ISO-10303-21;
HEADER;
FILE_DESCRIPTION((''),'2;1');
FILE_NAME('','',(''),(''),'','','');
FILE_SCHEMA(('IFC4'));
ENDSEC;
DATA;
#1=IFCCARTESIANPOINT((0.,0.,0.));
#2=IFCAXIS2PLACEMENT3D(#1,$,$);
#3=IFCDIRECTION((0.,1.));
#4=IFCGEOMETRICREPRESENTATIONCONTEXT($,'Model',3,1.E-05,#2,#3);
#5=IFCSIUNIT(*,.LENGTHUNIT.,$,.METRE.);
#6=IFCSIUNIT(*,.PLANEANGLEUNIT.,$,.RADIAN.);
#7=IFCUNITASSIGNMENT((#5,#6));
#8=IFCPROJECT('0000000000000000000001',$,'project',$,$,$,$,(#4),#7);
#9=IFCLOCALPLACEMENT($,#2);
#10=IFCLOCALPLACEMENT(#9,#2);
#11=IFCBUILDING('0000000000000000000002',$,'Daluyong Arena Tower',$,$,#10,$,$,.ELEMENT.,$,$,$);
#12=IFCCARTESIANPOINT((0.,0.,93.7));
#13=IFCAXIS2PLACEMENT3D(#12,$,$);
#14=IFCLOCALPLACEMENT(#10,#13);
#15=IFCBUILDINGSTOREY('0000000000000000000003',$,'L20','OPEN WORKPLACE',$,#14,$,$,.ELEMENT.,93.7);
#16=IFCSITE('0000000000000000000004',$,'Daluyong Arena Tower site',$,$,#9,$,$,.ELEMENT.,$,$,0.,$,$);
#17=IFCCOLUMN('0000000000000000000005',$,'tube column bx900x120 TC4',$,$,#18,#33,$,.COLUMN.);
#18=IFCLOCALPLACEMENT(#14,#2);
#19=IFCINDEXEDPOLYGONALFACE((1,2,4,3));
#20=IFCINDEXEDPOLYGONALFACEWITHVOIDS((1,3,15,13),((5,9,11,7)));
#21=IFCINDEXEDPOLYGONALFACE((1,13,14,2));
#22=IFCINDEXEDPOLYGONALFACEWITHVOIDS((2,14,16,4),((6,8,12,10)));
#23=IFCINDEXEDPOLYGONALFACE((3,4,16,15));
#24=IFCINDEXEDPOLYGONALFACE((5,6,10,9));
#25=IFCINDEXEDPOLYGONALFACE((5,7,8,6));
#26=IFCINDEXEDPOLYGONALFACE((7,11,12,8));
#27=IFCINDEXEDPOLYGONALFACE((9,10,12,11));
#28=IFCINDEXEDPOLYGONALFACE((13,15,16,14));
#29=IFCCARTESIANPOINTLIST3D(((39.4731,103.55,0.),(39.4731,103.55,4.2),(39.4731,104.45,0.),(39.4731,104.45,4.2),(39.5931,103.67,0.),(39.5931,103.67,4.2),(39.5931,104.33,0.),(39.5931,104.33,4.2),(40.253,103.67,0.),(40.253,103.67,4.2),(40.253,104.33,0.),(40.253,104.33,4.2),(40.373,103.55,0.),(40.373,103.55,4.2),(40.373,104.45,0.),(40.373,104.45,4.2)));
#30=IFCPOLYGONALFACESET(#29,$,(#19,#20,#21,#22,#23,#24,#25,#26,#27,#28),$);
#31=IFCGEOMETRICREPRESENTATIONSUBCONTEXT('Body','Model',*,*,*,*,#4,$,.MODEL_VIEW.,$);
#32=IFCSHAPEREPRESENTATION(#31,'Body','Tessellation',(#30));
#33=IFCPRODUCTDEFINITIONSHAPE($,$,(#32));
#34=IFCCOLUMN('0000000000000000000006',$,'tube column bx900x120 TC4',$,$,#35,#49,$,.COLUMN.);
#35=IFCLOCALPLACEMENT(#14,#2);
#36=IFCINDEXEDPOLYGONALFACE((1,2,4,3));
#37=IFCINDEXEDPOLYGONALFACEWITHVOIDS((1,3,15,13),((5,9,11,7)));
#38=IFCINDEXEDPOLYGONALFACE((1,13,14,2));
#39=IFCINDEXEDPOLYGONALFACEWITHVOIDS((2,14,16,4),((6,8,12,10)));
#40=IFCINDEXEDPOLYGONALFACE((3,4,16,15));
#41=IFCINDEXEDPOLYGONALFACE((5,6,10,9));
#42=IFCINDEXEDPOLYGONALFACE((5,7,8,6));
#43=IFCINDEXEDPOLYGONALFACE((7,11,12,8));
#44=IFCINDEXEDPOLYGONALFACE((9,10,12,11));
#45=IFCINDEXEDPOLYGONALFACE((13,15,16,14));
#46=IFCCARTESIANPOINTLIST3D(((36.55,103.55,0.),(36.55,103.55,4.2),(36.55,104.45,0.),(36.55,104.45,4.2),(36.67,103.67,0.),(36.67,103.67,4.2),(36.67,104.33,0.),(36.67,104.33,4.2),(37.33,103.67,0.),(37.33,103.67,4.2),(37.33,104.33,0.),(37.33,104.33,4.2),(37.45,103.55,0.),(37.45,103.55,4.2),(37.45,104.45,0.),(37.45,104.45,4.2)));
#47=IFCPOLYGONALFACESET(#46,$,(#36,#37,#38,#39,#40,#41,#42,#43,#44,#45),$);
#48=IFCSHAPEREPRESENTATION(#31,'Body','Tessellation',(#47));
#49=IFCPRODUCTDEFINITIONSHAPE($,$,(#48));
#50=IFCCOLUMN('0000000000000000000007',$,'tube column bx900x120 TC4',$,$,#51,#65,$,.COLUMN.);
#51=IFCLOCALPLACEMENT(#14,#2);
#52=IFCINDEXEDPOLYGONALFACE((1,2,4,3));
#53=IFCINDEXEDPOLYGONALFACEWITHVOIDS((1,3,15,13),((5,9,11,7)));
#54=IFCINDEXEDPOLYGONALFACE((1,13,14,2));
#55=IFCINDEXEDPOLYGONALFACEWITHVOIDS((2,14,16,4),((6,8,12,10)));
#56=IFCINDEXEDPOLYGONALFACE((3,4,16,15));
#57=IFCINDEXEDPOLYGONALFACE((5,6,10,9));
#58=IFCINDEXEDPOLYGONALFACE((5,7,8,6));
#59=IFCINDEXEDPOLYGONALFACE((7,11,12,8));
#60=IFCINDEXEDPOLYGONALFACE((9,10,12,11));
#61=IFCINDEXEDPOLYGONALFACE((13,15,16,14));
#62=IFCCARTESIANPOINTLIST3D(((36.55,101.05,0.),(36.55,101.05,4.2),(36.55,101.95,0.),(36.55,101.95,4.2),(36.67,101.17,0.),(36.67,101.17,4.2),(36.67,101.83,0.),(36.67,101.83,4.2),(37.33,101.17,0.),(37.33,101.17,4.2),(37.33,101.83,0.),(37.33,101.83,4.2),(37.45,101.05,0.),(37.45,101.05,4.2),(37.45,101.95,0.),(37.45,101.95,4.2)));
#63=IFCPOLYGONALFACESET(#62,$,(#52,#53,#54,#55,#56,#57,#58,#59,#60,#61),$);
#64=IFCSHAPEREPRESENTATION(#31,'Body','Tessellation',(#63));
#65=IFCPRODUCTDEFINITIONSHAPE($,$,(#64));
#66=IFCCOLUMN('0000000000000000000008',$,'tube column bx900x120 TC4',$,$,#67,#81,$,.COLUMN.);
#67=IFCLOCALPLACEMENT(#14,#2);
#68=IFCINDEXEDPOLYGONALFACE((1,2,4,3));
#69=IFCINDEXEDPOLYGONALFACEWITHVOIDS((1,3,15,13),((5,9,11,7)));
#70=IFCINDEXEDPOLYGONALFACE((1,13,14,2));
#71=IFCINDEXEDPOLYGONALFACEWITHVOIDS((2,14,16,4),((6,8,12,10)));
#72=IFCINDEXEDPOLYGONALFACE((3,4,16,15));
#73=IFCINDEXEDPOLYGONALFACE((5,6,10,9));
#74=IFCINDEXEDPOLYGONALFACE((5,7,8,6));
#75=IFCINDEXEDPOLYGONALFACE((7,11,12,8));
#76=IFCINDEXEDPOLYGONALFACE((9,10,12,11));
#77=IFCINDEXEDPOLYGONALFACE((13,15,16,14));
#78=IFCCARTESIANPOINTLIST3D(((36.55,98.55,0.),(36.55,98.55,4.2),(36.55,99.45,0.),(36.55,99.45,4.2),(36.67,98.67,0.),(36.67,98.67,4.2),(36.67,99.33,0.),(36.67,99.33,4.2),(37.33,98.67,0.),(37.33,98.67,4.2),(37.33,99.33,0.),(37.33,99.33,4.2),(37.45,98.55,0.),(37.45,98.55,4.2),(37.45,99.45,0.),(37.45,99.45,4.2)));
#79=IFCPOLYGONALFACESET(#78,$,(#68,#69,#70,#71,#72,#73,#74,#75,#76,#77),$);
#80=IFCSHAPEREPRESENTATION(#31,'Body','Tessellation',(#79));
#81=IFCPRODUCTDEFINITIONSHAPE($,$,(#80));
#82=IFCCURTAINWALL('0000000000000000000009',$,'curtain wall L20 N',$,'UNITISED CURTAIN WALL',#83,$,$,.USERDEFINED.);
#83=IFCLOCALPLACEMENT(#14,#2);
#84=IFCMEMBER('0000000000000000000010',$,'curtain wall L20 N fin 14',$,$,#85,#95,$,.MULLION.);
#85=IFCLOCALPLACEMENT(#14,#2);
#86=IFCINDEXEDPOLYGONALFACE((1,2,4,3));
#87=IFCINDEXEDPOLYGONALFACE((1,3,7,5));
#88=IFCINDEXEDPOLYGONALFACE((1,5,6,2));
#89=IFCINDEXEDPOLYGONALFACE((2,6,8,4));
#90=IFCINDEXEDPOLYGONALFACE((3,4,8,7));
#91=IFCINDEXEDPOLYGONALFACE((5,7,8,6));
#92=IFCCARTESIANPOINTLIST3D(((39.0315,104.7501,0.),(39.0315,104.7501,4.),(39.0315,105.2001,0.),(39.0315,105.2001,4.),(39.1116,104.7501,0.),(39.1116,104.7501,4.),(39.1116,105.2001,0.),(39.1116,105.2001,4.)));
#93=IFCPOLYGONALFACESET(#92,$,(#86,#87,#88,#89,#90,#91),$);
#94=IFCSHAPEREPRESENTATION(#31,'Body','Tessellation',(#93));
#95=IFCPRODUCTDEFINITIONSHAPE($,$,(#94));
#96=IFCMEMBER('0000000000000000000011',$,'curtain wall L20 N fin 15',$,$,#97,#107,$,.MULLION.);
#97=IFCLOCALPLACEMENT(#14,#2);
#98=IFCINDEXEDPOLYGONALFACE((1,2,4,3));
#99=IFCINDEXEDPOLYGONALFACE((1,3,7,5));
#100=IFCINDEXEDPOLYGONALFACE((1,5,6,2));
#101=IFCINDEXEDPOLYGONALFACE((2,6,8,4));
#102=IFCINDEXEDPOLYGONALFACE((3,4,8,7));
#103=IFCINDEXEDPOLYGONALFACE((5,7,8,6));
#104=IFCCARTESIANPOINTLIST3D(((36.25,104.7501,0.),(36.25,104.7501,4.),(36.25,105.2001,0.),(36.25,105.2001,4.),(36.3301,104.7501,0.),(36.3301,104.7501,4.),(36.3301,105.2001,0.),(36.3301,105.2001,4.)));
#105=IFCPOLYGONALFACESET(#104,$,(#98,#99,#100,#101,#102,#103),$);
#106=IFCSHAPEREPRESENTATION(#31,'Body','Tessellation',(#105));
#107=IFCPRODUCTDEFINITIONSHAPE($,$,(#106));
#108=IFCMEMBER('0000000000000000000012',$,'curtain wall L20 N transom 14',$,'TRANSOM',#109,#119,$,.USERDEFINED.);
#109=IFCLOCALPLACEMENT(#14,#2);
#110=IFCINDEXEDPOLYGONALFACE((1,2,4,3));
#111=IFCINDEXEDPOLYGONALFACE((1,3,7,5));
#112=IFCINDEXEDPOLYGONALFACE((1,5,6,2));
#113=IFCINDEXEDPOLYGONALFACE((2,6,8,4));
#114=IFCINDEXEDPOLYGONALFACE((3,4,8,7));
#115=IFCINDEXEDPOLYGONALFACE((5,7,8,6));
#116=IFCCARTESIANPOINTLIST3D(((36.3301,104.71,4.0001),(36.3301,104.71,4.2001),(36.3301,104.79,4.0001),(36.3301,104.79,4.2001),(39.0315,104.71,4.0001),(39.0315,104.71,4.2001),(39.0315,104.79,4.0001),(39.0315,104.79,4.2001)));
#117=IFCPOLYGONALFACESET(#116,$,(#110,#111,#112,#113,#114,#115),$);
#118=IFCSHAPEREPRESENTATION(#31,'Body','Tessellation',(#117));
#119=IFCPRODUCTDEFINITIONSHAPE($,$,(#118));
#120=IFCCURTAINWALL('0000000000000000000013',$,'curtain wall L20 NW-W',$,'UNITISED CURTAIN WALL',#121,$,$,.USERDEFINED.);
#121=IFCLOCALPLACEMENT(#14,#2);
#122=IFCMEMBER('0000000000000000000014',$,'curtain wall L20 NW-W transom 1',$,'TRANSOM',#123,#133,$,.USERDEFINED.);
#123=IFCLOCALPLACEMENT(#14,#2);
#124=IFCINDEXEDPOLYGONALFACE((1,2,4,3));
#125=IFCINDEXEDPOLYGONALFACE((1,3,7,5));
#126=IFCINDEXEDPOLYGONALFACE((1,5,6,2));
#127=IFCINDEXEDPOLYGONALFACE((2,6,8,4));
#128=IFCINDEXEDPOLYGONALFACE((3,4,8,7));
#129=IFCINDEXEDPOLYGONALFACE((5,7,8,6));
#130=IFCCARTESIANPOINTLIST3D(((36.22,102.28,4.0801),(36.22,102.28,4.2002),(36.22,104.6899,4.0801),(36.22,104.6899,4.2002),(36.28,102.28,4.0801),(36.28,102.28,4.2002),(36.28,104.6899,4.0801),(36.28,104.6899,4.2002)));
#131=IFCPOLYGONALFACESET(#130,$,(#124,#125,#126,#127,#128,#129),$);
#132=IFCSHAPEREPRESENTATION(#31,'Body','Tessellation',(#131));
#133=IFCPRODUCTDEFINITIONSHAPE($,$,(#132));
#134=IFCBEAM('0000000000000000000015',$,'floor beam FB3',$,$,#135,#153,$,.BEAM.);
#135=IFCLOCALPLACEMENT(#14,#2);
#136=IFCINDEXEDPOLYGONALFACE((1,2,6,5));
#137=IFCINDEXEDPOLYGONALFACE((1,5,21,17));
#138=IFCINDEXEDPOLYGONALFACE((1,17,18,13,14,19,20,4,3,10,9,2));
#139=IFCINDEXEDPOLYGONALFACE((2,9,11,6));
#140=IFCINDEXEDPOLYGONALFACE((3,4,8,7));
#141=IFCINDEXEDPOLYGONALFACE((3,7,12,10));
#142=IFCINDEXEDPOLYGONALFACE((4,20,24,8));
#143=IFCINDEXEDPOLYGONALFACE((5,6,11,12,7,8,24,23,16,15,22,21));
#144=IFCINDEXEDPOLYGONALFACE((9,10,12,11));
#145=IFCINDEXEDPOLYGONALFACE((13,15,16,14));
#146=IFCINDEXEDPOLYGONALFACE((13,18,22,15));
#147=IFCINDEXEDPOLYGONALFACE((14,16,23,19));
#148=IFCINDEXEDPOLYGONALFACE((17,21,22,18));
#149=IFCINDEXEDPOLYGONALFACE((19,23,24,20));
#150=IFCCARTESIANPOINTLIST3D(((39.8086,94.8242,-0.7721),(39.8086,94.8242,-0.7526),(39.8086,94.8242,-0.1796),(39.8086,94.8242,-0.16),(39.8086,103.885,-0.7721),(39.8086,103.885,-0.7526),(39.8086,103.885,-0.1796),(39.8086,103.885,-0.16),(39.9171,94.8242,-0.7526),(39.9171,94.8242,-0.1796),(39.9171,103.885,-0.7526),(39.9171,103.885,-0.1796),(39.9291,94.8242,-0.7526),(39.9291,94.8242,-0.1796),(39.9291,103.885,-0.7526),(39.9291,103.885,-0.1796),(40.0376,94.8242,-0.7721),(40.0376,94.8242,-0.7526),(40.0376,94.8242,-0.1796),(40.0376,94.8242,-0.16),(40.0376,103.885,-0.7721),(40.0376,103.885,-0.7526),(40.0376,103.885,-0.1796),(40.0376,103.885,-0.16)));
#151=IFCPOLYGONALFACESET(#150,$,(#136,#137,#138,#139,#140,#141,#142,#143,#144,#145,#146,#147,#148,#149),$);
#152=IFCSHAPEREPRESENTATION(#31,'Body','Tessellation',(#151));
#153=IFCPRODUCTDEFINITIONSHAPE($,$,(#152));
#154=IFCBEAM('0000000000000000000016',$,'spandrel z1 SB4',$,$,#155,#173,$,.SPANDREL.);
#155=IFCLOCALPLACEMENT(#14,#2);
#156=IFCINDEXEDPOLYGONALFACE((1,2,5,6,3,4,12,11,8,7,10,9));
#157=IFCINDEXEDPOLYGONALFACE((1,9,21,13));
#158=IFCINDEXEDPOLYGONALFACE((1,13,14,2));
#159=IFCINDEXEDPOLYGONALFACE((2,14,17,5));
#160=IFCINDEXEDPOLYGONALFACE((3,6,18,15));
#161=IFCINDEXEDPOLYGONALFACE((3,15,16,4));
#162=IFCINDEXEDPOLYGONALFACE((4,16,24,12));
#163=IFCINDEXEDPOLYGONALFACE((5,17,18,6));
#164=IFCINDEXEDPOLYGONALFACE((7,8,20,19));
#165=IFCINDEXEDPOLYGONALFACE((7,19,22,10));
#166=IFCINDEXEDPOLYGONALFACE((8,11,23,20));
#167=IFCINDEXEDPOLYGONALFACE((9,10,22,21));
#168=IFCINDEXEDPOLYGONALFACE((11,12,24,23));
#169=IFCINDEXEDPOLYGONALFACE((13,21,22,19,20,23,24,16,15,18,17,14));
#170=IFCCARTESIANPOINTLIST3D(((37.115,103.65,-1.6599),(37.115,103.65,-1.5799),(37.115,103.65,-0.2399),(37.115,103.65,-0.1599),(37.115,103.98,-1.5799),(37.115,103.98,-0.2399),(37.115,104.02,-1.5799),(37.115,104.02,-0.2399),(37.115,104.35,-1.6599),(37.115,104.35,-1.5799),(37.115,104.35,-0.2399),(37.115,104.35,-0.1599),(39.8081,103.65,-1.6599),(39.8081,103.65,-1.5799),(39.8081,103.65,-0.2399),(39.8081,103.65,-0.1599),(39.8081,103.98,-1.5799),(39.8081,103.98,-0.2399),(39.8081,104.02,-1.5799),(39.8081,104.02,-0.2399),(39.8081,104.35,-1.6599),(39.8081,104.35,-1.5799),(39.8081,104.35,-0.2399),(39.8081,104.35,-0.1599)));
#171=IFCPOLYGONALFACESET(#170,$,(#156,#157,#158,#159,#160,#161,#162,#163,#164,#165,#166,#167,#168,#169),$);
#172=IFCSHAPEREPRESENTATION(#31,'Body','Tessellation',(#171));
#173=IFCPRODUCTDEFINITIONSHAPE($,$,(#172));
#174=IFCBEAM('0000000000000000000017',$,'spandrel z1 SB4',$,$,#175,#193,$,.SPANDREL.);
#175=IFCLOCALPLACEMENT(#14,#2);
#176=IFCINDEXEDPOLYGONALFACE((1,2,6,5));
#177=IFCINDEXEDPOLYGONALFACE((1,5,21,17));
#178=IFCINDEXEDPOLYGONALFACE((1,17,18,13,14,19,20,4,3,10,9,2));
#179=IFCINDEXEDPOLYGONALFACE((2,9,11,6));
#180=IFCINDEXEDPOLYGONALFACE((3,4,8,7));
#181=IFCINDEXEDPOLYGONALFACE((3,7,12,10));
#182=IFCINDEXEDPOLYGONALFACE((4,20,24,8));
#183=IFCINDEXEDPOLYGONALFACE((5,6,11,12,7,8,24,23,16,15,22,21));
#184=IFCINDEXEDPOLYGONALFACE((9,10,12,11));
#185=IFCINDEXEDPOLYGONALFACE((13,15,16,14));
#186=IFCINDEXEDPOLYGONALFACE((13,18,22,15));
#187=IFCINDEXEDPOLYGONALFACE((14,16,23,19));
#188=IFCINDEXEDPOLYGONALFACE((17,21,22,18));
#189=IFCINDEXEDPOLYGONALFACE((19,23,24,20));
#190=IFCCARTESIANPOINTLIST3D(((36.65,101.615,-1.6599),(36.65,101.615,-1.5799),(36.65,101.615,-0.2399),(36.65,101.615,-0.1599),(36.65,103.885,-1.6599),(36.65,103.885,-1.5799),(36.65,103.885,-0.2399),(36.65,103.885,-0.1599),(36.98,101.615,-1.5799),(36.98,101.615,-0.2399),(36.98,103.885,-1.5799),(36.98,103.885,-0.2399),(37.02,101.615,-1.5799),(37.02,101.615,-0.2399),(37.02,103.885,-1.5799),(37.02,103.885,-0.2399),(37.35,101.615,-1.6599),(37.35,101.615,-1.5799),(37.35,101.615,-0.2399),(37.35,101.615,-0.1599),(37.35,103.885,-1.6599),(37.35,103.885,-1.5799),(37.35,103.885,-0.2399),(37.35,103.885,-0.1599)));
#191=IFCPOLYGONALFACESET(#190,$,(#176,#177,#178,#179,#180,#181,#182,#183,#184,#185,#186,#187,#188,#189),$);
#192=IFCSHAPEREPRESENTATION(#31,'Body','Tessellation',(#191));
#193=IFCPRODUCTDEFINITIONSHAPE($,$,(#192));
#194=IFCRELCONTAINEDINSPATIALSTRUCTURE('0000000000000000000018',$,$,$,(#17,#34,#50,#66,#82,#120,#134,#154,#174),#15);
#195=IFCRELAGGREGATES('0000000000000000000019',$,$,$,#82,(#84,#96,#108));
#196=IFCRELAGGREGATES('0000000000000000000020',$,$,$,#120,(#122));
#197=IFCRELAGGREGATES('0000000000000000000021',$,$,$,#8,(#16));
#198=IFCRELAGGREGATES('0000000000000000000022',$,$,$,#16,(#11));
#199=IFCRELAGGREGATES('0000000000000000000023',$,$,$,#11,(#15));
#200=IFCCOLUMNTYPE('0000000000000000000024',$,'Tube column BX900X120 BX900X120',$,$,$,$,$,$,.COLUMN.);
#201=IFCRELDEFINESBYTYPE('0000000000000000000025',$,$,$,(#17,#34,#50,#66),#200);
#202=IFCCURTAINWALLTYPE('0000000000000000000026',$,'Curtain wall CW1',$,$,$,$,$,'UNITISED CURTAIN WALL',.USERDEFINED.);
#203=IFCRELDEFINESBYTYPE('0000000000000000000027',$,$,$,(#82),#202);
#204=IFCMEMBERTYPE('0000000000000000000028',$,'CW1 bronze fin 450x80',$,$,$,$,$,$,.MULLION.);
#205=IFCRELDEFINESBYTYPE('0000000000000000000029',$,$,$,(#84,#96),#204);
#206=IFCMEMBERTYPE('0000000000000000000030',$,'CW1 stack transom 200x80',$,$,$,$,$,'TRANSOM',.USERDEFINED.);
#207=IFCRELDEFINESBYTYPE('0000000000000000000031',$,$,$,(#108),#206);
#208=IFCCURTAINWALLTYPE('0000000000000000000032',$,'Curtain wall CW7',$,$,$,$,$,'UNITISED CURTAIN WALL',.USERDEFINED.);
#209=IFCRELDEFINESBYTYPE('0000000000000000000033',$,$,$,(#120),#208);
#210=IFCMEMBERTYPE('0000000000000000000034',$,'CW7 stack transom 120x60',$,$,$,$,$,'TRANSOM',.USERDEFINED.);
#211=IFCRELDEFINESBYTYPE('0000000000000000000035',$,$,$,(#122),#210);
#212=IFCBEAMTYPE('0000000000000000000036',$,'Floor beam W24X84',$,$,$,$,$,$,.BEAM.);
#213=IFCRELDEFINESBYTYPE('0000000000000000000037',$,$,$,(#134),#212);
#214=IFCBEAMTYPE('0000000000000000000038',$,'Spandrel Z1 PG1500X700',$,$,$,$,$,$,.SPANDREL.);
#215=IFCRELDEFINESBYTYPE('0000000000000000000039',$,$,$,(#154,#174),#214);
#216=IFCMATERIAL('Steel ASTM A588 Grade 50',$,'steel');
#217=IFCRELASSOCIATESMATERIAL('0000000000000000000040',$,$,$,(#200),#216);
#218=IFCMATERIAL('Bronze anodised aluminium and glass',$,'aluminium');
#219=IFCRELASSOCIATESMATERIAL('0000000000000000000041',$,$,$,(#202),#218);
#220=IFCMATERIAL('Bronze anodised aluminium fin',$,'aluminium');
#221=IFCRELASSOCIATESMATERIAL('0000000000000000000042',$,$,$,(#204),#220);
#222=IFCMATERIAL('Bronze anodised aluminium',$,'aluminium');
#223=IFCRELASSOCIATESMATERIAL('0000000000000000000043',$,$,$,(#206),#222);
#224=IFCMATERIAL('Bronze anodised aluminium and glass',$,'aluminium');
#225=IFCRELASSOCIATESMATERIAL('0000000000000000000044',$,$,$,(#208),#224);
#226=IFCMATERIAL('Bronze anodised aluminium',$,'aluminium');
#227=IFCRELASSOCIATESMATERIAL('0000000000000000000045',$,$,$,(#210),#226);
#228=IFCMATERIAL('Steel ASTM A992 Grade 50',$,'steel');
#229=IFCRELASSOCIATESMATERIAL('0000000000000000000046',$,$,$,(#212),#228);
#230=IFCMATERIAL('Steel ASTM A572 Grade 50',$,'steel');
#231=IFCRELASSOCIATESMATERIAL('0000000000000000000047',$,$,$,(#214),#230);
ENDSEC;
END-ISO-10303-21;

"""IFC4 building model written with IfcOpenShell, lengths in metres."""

from ifc_helpers import new_model, si_unit, direction, frame, origin, origin_2d, place, context, subcontext, project, spatial, rectangle, hollow_rectangle, i_section, extrude, material, material_profile, profile_set, type_object, element, aggregate, save


model = new_model("IFC4")

# Units and contexts
model_context = context("Model", 3, precision=1e-05, world=origin(), true_north=direction((0.0, 1.0)))
body_context = subcontext(model_context, "Body", "Model", "MODEL_VIEW")
ifc_project = project(units=[si_unit("LENGTHUNIT", "METRE"), si_unit("PLANEANGLEUNIT", "RADIAN")], contexts=[model_context])

# Site, building, storey
site_placement = place(None, origin())
site = spatial("IfcSite", under=ifc_project, at=site_placement, Name="Daluyong Arena Tower site", CompositionType="ELEMENT", RefElevation=0.0)
building_placement = place(site_placement, origin())
building = spatial("IfcBuilding", under=site, at=building_placement, Name="Daluyong Arena Tower", CompositionType="ELEMENT")
storey_placement = place(building_placement, frame((0.0, 0.0, 93.7)))
storey = spatial("IfcBuildingStorey", under=building, at=storey_placement, Name="L20", Description="OPEN WORKPLACE", CompositionType="ELEMENT", Elevation=93.7)

# Columns
ifc_material_1 = material(Name="Steel ASTM A588 Grade 50", Category="steel")
ifc_material_profile_1 = material_profile(ifc_material_1, hollow_rectangle(XDim=0.8999, YDim=0.8999, WallThickness=0.12, at=origin_2d()))
ifc_profile_set_1 = profile_set([ifc_material_profile_1], Name="Steel ASTM A588 Grade 50")
column_type = type_object("IfcColumnType", Name="Tube column BX900X120 BX900X120", PredefinedType="COLUMN", material=ifc_profile_set_1)
for number, where, z_axis, x_axis, name in (
    (1, (39.9231, 104.0, 0.0), (0.0, 0.0, 1.0), (1.0, 0.0, 0.0), "tube column bx900x120 TC4"),
    (2, (37.0, 104.0, 0.0), (0.0, 0.0, 1.0), (0.0, 1.0, 0.0), "tube column bx900x120 TC4"),
    (3, (37.0, 101.5, 0.0), (0.0, 0.0, 1.0), (0.0, 1.0, 0.0), "tube column bx900x120 TC4"),
    (4, (37.0, 99.0, 0.0), (0.0, 0.0, 1.0), (1.0, 0.0, 0.0), "tube column bx900x120 TC4"),
):
    element("IfcColumn", number, at=place(storey_placement, frame(where, z_axis=z_axis, x_axis=x_axis)), inside=storey, type_object=column_type, Name=name, PredefinedType="COLUMN", context=body_context, shape_type="SweptSolid", body=[
        extrude(hollow_rectangle(XDim=0.8999, YDim=0.8999, WallThickness=0.12, at=origin_2d()), origin(), (0.0, 0.0, 1.0), 4.2),
    ])

# Curtain wall, members
ifc_material_2 = material(Name="Bronze anodised aluminium and glass", Category="aluminium")
curtain_wall_type_1 = type_object("IfcCurtainWallType", Name="Curtain wall CW1", ElementType="UNITISED CURTAIN WALL", PredefinedType="USERDEFINED", material=ifc_material_2)
curtain_wall_1_placement = place(storey_placement, origin())
curtain_wall_1 = element("IfcCurtainWall", 5, at=curtain_wall_1_placement, inside=storey, type_object=curtain_wall_type_1, Name="curtain wall L20 N", ObjectType="UNITISED CURTAIN WALL", PredefinedType="USERDEFINED")
ifc_material_3 = material(Name="Bronze anodised aluminium fin", Category="aluminium")
ifc_material_profile_2 = material_profile(ifc_material_3, rectangle(XDim=0.45, YDim=0.0801, at=origin_2d()))
ifc_profile_set_2 = profile_set([ifc_material_profile_2], Name="Bronze anodised aluminium fin")
member_type_1 = type_object("IfcMemberType", Name="CW1 bronze fin 450x80", PredefinedType="MULLION", material=ifc_profile_set_2)
member_1_placement = place(storey_placement, frame((39.0715, 104.9751, 0.0), z_axis=(0.0, 0.0, 1.0), x_axis=(0.0, -1.0, 0.0)))
member_1 = element("IfcMember", 6, at=member_1_placement, type_object=member_type_1, Name="curtain wall L20 N fin 14", PredefinedType="MULLION", context=body_context, shape_type="SweptSolid", body=[
    extrude(rectangle(XDim=0.45, YDim=0.0801, at=origin_2d()), origin(), (0.0, 0.0, 1.0), 4.0),
])
member_2_placement = place(storey_placement, frame((36.29, 104.9751, 0.0), z_axis=(0.0, 0.0, 1.0), x_axis=(0.0, -1.0, 0.0)))
member_2 = element("IfcMember", 7, at=member_2_placement, type_object=member_type_1, Name="curtain wall L20 N fin 15", PredefinedType="MULLION", context=body_context, shape_type="SweptSolid", body=[
    extrude(rectangle(XDim=0.45, YDim=0.0801, at=origin_2d()), origin(), (0.0, 0.0, 1.0), 4.0),
])
ifc_material_4 = material(Name="Bronze anodised aluminium", Category="aluminium")
ifc_material_profile_3 = material_profile(ifc_material_4, rectangle(XDim=0.0801, YDim=0.2, at=origin_2d()))
ifc_profile_set_3 = profile_set([ifc_material_profile_3], Name="Bronze anodised aluminium")
member_type_2 = type_object("IfcMemberType", Name="CW1 stack transom 200x80", ElementType="TRANSOM", PredefinedType="USERDEFINED", material=ifc_profile_set_3)
member_3_placement = place(storey_placement, frame((39.0315, 104.75, 4.1001), z_axis=(-1.0, 0.0, 0.0), x_axis=(0.0, -1.0, 0.0)))
member_3 = element("IfcMember", 8, at=member_3_placement, type_object=member_type_2, Name="curtain wall L20 N transom 14", ObjectType="TRANSOM", PredefinedType="USERDEFINED", context=body_context, shape_type="SweptSolid", body=[
    extrude(rectangle(XDim=0.0801, YDim=0.2, at=origin_2d()), origin(), (0.0, 0.0, 1.0), 2.7014),
])

# Curtain wall, member
ifc_material_5 = material(Name="Bronze anodised aluminium and glass", Category="aluminium")
curtain_wall_type_2 = type_object("IfcCurtainWallType", Name="Curtain wall CW7", ElementType="UNITISED CURTAIN WALL", PredefinedType="USERDEFINED", material=ifc_material_5)
curtain_wall_2_placement = place(storey_placement, origin())
curtain_wall_2 = element("IfcCurtainWall", 9, at=curtain_wall_2_placement, inside=storey, type_object=curtain_wall_type_2, Name="curtain wall L20 NW-W", ObjectType="UNITISED CURTAIN WALL", PredefinedType="USERDEFINED")
ifc_material_6 = material(Name="Bronze anodised aluminium", Category="aluminium")
ifc_material_profile_4 = material_profile(ifc_material_6, rectangle(XDim=0.0601, YDim=0.1201, at=origin_2d()))
ifc_profile_set_4 = profile_set([ifc_material_profile_4], Name="Bronze anodised aluminium")
member_type_3 = type_object("IfcMemberType", Name="CW7 stack transom 120x60", ElementType="TRANSOM", PredefinedType="USERDEFINED", material=ifc_profile_set_4)
member_4_placement = place(storey_placement, frame((36.25, 104.6899, 4.1401), z_axis=(0.0, -1.0, 0.0), x_axis=(1.0, 0.0, 0.0)))
member_4 = element("IfcMember", 10, at=member_4_placement, type_object=member_type_3, Name="curtain wall L20 NW-W transom 1", ObjectType="TRANSOM", PredefinedType="USERDEFINED", context=body_context, shape_type="SweptSolid", body=[
    extrude(rectangle(XDim=0.0601, YDim=0.1201, at=origin_2d()), origin(), (0.0, 0.0, 1.0), 2.4099),
])

# Beams
ifc_material_7 = material(Name="Steel ASTM A992 Grade 50", Category="steel")
ifc_material_profile_5 = material_profile(ifc_material_7, i_section(OverallWidth=0.229, OverallDepth=0.6121, WebThickness=0.012, FlangeThickness=0.0195, at=origin_2d()))
ifc_profile_set_5 = profile_set([ifc_material_profile_5], Name="Steel ASTM A992 Grade 50")
beam_type_1 = type_object("IfcBeamType", Name="Floor beam W24X84", PredefinedType="BEAM", material=ifc_profile_set_5)
beam_1_placement = place(storey_placement, frame((39.9231, 103.885, -0.4661), z_axis=(0.0, -1.0, 0.0), x_axis=(1.0, 0.0, 0.0)))
element("IfcBeam", 11, at=beam_1_placement, inside=storey, type_object=beam_type_1, Name="floor beam FB3", PredefinedType="BEAM", context=body_context, shape_type="SweptSolid", body=[
    extrude(i_section(OverallWidth=0.229, OverallDepth=0.6121, WebThickness=0.012, FlangeThickness=0.0195, at=origin_2d()), origin(), (0.0, 0.0, 1.0), 9.0608),
])
ifc_material_8 = material(Name="Steel ASTM A572 Grade 50", Category="steel")
ifc_material_profile_6 = material_profile(ifc_material_8, i_section(OverallWidth=0.7, OverallDepth=1.5, WebThickness=0.04, FlangeThickness=0.08, at=origin_2d()))
ifc_profile_set_6 = profile_set([ifc_material_profile_6], Name="Steel ASTM A572 Grade 50")
beam_type_2 = type_object("IfcBeamType", Name="Spandrel Z1 PG1500X700", PredefinedType="SPANDREL", material=ifc_profile_set_6)
beam_2_placement = place(storey_placement, frame((39.8081, 104.0, -0.9099), z_axis=(-1.0, 0.0, 0.0), x_axis=(0.0, -1.0, 0.0)))
element("IfcBeam", 12, at=beam_2_placement, inside=storey, type_object=beam_type_2, Name="spandrel z1 SB4", PredefinedType="SPANDREL", context=body_context, shape_type="SweptSolid", body=[
    extrude(i_section(OverallWidth=0.7, OverallDepth=1.5, WebThickness=0.04, FlangeThickness=0.08, at=origin_2d()), origin(), (0.0, 0.0, 1.0), 2.6931),
])
for number, where, z_axis, x_axis, name in (
    (13, (37.0, 103.885, -0.9099), (0.0, -1.0, 0.0), (1.0, 0.0, 0.0), "spandrel z1 SB4"),
):
    element("IfcBeam", number, at=place(storey_placement, frame(where, z_axis=z_axis, x_axis=x_axis)), inside=storey, type_object=beam_type_2, Name=name, PredefinedType="SPANDREL", context=body_context, shape_type="SweptSolid", body=[
        extrude(i_section(OverallWidth=0.7, OverallDepth=1.5, WebThickness=0.04, FlangeThickness=0.08, at=origin_2d()), origin(), (0.0, 0.0, 1.0), 2.27),
    ])

aggregate(curtain_wall_1, [member_1, member_2, member_3])
aggregate(curtain_wall_2, [member_4])

save(model, "model.ifc")
